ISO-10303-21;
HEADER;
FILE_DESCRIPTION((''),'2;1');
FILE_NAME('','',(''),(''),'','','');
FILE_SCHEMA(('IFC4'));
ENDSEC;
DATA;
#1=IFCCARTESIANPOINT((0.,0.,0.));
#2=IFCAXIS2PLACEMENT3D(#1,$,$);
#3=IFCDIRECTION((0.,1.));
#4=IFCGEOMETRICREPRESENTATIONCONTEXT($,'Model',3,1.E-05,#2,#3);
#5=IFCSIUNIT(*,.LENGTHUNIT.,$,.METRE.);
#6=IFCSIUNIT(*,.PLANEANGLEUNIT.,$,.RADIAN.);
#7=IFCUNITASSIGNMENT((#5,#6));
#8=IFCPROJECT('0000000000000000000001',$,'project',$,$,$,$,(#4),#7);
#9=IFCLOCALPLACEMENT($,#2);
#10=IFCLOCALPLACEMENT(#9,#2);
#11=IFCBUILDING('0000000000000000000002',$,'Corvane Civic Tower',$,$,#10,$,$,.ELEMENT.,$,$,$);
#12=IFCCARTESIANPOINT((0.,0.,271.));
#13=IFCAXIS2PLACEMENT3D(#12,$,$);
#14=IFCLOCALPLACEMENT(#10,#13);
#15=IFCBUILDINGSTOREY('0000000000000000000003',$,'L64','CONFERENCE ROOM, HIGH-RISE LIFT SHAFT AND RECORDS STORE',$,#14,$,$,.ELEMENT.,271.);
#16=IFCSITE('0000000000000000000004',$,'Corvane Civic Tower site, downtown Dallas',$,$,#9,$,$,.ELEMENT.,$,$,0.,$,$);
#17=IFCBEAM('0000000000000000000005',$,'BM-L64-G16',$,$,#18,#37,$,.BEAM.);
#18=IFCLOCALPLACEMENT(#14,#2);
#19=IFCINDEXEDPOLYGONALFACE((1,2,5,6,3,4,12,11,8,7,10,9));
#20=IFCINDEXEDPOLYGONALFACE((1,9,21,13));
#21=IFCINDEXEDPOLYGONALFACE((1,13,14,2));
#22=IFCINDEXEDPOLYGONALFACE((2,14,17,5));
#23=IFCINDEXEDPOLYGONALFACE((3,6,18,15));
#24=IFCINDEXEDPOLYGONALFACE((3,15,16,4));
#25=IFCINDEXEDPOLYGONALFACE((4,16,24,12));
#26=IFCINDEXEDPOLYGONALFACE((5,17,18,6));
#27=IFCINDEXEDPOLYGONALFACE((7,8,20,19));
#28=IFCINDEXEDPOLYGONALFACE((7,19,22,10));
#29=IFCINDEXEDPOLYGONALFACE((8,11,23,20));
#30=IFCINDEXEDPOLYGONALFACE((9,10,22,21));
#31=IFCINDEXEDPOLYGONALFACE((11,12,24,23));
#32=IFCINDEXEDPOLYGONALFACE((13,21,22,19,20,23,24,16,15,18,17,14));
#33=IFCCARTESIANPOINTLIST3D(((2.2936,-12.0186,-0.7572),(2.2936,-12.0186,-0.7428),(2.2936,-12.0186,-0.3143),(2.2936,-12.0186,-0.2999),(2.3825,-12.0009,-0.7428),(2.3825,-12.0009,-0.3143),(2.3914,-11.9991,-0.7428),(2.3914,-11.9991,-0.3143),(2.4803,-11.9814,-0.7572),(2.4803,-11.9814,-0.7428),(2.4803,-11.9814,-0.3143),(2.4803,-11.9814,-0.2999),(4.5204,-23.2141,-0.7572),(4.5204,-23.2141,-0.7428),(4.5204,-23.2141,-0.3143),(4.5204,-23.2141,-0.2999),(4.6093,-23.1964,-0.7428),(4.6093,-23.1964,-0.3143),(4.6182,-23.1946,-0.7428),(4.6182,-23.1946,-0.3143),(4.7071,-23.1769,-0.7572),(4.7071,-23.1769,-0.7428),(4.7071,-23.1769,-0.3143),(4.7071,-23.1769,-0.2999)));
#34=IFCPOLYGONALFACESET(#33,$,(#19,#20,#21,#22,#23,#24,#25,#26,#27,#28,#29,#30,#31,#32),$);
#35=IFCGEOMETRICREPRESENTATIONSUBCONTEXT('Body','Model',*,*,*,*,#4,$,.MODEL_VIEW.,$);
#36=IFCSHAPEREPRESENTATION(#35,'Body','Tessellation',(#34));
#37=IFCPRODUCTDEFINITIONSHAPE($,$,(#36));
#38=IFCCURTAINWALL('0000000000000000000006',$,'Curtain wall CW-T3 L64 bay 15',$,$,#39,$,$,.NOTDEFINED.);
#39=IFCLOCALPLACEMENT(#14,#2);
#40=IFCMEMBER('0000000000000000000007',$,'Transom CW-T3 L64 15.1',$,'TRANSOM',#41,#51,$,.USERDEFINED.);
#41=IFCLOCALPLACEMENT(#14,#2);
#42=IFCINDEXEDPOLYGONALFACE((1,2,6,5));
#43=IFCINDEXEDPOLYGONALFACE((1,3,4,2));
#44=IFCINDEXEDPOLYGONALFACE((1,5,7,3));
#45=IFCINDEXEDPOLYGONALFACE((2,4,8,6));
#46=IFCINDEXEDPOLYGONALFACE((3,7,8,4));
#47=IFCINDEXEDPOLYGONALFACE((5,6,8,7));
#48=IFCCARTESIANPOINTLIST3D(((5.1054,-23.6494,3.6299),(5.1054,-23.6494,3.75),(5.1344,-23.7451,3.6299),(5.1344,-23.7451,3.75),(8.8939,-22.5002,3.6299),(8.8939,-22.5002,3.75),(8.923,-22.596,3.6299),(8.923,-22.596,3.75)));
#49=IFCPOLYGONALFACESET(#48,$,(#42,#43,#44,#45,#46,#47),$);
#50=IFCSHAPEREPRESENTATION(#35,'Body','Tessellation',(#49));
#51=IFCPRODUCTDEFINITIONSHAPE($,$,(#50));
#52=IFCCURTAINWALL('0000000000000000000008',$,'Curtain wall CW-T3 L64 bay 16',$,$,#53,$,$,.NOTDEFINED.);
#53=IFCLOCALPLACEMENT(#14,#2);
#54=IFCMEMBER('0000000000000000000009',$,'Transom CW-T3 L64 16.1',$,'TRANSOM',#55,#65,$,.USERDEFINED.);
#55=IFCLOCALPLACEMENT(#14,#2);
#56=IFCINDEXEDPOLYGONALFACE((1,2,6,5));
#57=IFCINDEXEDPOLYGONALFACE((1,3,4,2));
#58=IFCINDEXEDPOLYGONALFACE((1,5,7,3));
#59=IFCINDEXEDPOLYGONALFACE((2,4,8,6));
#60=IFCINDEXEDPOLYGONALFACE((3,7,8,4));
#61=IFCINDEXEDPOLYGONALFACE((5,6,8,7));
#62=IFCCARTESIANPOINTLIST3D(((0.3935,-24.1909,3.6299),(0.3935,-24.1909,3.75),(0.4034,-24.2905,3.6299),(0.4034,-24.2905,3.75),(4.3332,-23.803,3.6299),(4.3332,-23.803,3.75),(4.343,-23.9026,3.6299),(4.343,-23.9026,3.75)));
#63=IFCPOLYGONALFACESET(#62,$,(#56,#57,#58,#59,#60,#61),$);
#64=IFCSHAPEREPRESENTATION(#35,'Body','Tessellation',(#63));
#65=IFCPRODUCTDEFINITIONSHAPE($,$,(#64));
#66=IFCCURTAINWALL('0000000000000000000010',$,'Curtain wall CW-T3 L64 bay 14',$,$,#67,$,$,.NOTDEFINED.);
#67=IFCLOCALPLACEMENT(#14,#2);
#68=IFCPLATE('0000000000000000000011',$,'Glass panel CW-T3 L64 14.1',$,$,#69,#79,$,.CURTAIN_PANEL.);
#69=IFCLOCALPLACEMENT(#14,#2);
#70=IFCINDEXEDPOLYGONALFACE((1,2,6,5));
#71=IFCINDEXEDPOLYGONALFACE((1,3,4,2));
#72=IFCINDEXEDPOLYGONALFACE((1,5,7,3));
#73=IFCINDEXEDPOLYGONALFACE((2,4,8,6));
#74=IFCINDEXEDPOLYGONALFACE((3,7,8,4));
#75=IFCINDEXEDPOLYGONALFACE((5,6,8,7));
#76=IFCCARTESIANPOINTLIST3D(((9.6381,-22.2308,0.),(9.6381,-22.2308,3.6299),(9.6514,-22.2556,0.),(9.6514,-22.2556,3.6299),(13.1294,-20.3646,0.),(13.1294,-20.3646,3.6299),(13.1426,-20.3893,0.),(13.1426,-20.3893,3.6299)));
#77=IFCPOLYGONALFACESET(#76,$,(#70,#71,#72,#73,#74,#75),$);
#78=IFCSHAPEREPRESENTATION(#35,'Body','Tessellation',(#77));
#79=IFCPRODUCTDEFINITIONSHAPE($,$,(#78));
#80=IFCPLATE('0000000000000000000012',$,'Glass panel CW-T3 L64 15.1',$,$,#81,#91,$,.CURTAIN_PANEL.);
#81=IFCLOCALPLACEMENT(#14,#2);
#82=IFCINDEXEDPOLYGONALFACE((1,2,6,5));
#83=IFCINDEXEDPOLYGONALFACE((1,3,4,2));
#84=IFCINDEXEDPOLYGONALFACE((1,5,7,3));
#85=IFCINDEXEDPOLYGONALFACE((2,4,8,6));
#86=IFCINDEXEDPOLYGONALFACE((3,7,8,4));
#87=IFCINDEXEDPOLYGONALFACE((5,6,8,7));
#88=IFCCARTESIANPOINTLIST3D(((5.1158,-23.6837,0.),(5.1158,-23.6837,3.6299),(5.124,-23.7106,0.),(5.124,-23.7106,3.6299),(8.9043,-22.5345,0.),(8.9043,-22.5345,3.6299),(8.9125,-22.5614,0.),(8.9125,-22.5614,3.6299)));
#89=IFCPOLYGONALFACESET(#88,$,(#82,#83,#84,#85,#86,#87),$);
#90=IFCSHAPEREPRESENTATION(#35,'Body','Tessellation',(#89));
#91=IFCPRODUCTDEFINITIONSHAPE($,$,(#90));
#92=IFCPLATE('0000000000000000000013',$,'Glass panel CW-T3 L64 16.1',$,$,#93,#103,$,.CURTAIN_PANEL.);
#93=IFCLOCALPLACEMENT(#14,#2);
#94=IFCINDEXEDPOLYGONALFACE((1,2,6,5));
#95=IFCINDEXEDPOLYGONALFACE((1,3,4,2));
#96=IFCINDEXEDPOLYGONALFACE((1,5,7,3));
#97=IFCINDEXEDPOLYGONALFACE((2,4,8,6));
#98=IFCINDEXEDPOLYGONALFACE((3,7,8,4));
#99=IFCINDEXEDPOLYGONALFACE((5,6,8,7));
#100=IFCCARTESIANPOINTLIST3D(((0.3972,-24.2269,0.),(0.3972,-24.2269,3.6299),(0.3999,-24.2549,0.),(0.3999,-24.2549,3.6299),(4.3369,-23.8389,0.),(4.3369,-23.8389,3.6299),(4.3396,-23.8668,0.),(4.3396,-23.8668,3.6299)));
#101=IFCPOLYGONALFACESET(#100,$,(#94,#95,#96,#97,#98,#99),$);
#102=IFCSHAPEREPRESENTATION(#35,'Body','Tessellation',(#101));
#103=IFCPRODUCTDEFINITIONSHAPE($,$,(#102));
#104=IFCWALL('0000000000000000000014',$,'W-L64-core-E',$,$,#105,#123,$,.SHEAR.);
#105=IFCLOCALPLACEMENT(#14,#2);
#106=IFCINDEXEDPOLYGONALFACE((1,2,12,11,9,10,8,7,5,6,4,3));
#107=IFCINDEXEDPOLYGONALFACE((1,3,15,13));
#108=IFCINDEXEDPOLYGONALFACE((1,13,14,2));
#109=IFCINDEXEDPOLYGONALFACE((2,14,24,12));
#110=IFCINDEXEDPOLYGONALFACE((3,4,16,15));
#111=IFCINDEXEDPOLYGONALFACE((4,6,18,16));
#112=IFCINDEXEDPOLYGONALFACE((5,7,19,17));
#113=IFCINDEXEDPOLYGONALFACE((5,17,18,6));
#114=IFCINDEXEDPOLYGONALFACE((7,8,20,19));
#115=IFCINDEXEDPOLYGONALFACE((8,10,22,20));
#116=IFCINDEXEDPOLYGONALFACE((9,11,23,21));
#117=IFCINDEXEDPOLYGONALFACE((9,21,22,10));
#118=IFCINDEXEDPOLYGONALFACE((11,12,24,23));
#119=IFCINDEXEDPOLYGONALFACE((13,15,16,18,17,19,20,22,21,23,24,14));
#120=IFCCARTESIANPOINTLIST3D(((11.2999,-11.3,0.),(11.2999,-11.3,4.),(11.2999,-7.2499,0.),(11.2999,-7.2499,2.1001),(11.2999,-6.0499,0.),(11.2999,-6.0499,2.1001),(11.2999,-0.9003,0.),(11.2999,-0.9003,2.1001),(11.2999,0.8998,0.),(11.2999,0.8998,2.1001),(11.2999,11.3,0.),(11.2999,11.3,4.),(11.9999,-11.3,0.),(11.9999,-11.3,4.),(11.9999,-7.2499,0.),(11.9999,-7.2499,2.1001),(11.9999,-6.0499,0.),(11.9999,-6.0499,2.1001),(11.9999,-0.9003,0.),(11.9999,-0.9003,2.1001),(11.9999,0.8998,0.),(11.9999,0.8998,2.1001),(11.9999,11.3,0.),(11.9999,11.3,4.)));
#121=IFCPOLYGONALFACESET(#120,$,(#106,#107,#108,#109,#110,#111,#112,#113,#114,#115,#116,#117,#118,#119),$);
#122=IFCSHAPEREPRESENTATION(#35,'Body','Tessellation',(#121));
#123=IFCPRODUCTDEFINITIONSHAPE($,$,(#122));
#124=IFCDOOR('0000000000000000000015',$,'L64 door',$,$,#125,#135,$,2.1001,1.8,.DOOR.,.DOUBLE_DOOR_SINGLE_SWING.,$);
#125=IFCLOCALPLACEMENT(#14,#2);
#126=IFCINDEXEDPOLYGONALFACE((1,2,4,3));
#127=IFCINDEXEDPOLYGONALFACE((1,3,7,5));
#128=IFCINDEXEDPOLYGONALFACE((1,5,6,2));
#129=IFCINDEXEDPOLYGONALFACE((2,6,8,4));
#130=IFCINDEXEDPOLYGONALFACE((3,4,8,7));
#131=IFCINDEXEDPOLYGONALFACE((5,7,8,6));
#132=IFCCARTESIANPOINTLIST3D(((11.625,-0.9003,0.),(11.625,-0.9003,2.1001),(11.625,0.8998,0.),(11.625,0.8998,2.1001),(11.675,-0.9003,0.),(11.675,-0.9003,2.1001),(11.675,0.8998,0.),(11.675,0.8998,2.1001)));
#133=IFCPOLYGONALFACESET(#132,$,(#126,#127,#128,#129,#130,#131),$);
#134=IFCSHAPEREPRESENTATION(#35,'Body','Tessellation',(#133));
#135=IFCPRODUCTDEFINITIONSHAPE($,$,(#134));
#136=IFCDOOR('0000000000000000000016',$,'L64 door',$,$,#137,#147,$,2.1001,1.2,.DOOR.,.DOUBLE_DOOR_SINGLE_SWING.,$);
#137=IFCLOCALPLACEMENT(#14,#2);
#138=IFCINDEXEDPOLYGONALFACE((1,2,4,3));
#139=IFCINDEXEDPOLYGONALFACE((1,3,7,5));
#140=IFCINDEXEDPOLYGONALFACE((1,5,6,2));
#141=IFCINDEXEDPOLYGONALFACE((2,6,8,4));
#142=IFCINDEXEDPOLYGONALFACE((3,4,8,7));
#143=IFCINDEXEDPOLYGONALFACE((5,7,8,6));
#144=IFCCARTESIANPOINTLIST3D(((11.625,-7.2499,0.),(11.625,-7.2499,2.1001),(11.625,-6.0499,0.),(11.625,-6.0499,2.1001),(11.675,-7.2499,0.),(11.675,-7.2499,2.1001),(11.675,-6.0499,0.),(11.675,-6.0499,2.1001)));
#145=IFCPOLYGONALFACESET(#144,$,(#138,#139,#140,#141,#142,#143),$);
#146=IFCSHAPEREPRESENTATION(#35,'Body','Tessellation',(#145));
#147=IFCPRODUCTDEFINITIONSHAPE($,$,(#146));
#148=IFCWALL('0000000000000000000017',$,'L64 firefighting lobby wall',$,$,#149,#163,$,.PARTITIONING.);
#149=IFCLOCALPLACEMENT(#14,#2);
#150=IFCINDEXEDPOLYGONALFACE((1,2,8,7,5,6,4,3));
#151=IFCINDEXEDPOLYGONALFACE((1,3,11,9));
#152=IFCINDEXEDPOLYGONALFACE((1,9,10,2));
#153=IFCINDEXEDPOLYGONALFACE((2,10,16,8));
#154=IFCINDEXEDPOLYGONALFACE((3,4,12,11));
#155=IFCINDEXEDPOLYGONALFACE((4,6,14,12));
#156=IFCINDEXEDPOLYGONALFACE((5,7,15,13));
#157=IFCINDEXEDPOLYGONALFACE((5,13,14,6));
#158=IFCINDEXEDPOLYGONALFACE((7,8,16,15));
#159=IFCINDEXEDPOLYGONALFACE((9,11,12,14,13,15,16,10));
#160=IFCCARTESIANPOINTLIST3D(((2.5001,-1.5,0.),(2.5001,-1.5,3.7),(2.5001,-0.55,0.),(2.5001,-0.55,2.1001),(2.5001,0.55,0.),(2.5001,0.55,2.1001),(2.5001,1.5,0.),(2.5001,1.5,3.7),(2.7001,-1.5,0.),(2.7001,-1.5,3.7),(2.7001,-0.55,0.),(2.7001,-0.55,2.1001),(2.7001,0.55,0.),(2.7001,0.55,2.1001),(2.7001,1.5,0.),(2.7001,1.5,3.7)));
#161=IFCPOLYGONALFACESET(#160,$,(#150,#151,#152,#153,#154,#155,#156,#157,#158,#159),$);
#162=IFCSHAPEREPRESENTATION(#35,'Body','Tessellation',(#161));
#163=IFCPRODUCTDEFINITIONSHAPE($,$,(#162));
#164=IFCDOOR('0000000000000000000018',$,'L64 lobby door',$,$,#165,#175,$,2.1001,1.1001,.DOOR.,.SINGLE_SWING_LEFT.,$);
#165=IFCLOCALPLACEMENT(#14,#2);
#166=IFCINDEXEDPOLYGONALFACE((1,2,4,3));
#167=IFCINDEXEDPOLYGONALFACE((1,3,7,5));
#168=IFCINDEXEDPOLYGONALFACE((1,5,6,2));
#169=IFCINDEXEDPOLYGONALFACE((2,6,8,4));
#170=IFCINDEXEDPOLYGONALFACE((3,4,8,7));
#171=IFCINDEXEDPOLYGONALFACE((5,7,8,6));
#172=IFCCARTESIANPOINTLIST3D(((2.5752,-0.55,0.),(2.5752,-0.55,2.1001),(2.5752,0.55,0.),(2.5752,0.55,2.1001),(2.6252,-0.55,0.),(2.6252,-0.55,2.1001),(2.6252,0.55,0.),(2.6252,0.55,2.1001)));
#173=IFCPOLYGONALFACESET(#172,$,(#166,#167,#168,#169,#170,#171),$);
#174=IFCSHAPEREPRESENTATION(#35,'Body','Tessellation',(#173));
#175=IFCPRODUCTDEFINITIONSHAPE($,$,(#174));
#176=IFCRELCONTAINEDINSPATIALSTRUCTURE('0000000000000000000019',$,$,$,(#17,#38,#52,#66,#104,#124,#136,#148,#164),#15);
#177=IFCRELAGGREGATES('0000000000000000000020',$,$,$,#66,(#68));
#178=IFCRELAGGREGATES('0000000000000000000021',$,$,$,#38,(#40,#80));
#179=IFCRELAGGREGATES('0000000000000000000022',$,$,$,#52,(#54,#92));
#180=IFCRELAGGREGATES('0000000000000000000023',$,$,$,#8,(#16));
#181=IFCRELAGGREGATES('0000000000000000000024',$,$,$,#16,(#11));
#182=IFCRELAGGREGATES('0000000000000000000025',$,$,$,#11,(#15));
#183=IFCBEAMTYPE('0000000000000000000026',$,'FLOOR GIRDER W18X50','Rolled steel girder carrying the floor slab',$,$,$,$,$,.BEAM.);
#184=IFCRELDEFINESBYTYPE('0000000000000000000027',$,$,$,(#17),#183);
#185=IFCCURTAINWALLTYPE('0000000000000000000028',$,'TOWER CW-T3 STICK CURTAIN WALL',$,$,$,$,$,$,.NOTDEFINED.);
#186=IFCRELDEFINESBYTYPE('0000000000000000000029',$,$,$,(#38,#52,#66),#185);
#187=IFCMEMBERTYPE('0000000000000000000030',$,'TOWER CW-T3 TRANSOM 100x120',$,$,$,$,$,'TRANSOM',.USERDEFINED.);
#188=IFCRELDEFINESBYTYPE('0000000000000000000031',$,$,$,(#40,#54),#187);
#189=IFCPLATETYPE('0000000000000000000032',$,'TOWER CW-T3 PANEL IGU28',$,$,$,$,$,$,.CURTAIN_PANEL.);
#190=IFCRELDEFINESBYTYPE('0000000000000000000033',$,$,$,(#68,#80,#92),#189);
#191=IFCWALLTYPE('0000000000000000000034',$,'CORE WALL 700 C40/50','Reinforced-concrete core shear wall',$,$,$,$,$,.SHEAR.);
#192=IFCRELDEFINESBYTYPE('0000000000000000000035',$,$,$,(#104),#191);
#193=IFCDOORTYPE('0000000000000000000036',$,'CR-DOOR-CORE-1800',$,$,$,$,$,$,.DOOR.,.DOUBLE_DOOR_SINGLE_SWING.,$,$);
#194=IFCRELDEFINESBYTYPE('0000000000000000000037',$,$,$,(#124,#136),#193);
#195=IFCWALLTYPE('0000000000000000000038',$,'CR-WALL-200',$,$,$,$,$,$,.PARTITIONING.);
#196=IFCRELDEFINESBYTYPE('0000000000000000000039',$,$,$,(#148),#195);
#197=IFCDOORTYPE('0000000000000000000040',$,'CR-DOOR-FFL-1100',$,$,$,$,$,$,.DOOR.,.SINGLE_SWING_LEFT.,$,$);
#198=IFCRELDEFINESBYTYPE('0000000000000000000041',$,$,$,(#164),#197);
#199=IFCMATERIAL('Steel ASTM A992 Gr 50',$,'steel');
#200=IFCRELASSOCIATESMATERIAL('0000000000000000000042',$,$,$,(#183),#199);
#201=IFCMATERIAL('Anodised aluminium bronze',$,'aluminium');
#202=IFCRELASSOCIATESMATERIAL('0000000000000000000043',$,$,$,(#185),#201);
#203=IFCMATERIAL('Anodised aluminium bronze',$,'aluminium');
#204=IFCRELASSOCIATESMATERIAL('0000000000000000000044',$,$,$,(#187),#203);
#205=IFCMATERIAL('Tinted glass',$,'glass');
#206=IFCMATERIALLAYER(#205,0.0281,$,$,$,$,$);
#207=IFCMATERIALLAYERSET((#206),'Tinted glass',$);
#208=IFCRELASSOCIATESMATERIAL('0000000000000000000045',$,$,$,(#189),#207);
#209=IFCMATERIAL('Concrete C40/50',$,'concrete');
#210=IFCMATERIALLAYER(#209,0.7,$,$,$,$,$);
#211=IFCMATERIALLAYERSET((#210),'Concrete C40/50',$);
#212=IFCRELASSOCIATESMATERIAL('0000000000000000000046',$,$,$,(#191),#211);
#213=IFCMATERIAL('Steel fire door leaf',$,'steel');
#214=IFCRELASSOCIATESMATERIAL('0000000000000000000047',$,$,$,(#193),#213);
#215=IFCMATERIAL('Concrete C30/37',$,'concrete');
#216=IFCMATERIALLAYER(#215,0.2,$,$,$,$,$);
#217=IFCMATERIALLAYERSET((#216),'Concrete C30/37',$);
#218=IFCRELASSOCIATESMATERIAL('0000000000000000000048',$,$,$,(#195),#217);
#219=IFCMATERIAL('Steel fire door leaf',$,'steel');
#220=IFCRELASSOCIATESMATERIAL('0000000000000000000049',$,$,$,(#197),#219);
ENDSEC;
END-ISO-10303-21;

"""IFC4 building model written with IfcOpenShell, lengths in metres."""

from ifc_helpers import new_model, si_unit, direction, frame, frame_2d, origin, origin_2d, place, context, subcontext, project, spatial, rectangle, i_section, extrude, material, layer, layer_set, material_profile, profile_set, type_object, element, fill, aggregate, save


model = new_model("IFC4")

# Units and contexts
model_context = context("Model", 3, precision=1e-05, world=origin(), true_north=direction((0.0, 1.0)))
body_context = subcontext(model_context, "Body", "Model", "MODEL_VIEW")
ifc_project = project(units=[si_unit("LENGTHUNIT", "METRE"), si_unit("PLANEANGLEUNIT", "RADIAN")], contexts=[model_context])

# Site, building, storey
site_placement = place(None, origin())
site = spatial("IfcSite", under=ifc_project, at=site_placement, Name="Corvane Civic Tower site, downtown Dallas", CompositionType="ELEMENT", RefElevation=0.0)
building_placement = place(site_placement, origin())
building = spatial("IfcBuilding", under=site, at=building_placement, Name="Corvane Civic Tower", CompositionType="ELEMENT")
storey_placement = place(building_placement, frame((0.0, 0.0, 271.0)))
storey = spatial("IfcBuildingStorey", under=building, at=storey_placement, Name="L64", Description="CONFERENCE ROOM, HIGH-RISE LIFT SHAFT AND RECORDS STORE", CompositionType="ELEMENT", Elevation=271.0)

# Beam
ifc_material_1 = material(Name="Steel ASTM A992 Gr 50", Category="steel")
ifc_material_profile_1 = material_profile(ifc_material_1, i_section(OverallWidth=0.1904, OverallDepth=0.4573, WebThickness=0.009, FlangeThickness=0.0144, at=origin_2d()), Name="W18X50")
ifc_profile_set_1 = profile_set([ifc_material_profile_1], Name="Steel ASTM A992 Gr 50")
beam_type_1 = type_object("IfcBeamType", Name="FLOOR GIRDER W18X50", Description="Rolled steel girder carrying the floor slab", PredefinedType="BEAM", material=ifc_profile_set_1)
beam_1_placement = place(storey_placement, frame((2.387, -12.0, -0.5286), z_axis=(0.19508, -0.980787, 0.0), x_axis=(0.980787, 0.19508, 0.0)))
element("IfcBeam", 1, at=beam_1_placement, inside=storey, type_object=beam_type_1, Name="BM-L64-G16", PredefinedType="BEAM", context=body_context, shape_type="SweptSolid", body=[
    extrude(i_section(OverallWidth=0.1904, OverallDepth=0.4573, WebThickness=0.009, FlangeThickness=0.0144, at=origin_2d()), origin(), (0.0, 0.0, 1.0), 11.4148),
])

# Curtain walls, members
ifc_material_2 = material(Name="Anodised aluminium bronze", Category="aluminium")
curtain_wall_type = type_object("IfcCurtainWallType", Name="TOWER CW-T3 STICK CURTAIN WALL", PredefinedType="NOTDEFINED", material=ifc_material_2)
curtain_wall_1_placement = place(storey_placement, origin())
curtain_wall_1 = element("IfcCurtainWall", 2, at=curtain_wall_1_placement, inside=storey, type_object=curtain_wall_type, Name="Curtain wall CW-T3 L64 bay 15", PredefinedType="NOTDEFINED")
ifc_material_3 = material(Name="Anodised aluminium bronze", Category="aluminium")
ifc_material_profile_2 = material_profile(ifc_material_3, rectangle(XDim=0.1001, YDim=0.1201, at=origin_2d()), Name="TOWER CW-T3 TRANSOM 100x120")
ifc_profile_set_2 = profile_set([ifc_material_profile_2], Name="Anodised aluminium bronze")
member_type = type_object("IfcMemberType", Name="TOWER CW-T3 TRANSOM 100x120", ElementType="TRANSOM", PredefinedType="USERDEFINED", material=ifc_profile_set_2)
member_1_placement = place(storey_placement, frame((8.9084, -22.5481, 3.6899), z_axis=(-0.956946, -0.290266, 0.0), x_axis=(0.290266, -0.956946, 0.0)))
member_1 = element("IfcMember", 3, at=member_1_placement, type_object=member_type, Name="Transom CW-T3 L64 15.1", ObjectType="TRANSOM", PredefinedType="USERDEFINED", context=body_context, shape_type="SweptSolid", body=[
    extrude(rectangle(XDim=0.1001, YDim=0.1201, at=origin_2d()), origin(), (0.0, 0.0, 1.0), 3.959),
])
curtain_wall_2_placement = place(storey_placement, origin())
curtain_wall_2 = element("IfcCurtainWall", 4, at=curtain_wall_2_placement, inside=storey, type_object=curtain_wall_type, Name="Curtain wall CW-T3 L64 bay 16", PredefinedType="NOTDEFINED")
member_2_placement = place(storey_placement, frame((4.3381, -23.8528, 3.6899), z_axis=(-0.995187, -0.097995, 0.0), x_axis=(0.097995, -0.995187, 0.0)))
member_2 = element("IfcMember", 5, at=member_2_placement, type_object=member_type, Name="Transom CW-T3 L64 16.1", ObjectType="TRANSOM", PredefinedType="USERDEFINED", context=body_context, shape_type="SweptSolid", body=[
    extrude(rectangle(XDim=0.1001, YDim=0.1201, at=origin_2d()), origin(), (0.0, 0.0, 1.0), 3.9587),
])

# Curtain wall, plate
curtain_wall_3_placement = place(storey_placement, origin())
curtain_wall_3 = element("IfcCurtainWall", 6, at=curtain_wall_3_placement, inside=storey, type_object=curtain_wall_type, Name="Curtain wall CW-T3 L64 bay 14", PredefinedType="NOTDEFINED")
ifc_material_4 = material(Name="Tinted glass", Category="glass")
ifc_layer_1 = layer(ifc_material_4, 0.0281)
ifc_layer_set_1 = layer_set([ifc_layer_1], Name="Tinted glass")
plate_type = type_object("IfcPlateType", Name="TOWER CW-T3 PANEL IGU28", PredefinedType="CURTAIN_PANEL", material=ifc_layer_set_1)
plate_1_placement = place(storey_placement, frame((11.3904, -21.3101, 0.0), z_axis=(0.0, 0.0, 1.0), x_axis=(-0.881908, -0.471421, 0.0)))
plate_1 = element("IfcPlate", 7, at=plate_1_placement, type_object=plate_type, Name="Glass panel CW-T3 L64 14.1", PredefinedType="CURTAIN_PANEL", context=body_context, shape_type="SweptSolid", body=[
    extrude(rectangle(XDim=3.9587, YDim=0.0281, at=origin_2d()), origin(), (0.0, 0.0, 1.0), 3.6299),
])
aggregate(curtain_wall_3, [plate_1])

# Plates
plate_2_placement = place(storey_placement, frame((7.0142, -23.1226, 0.0), z_axis=(0.0, 0.0, 1.0), x_axis=(-0.956944, -0.290274, 0.0)))
plate_2 = element("IfcPlate", 8, at=plate_2_placement, type_object=plate_type, Name="Glass panel CW-T3 L64 15.1", PredefinedType="CURTAIN_PANEL", context=body_context, shape_type="SweptSolid", body=[
    extrude(rectangle(XDim=3.959, YDim=0.0281, at=origin_2d()), origin(), (0.0, 0.0, 1.0), 3.6299),
])
aggregate(curtain_wall_1, [member_1, plate_2])
plate_3_placement = place(storey_placement, frame((2.3684, -24.0469, 0.0), z_axis=(0.0, 0.0, 1.0), x_axis=(-0.995184, -0.098021, 0.0)))
plate_3 = element("IfcPlate", 9, at=plate_3_placement, type_object=plate_type, Name="Glass panel CW-T3 L64 16.1", PredefinedType="CURTAIN_PANEL", context=body_context, shape_type="SweptSolid", body=[
    extrude(rectangle(XDim=3.9587, YDim=0.0281, at=origin_2d()), origin(), (0.0, 0.0, 1.0), 3.6299),
])
aggregate(curtain_wall_2, [member_2, plate_3])

# Wall, openings, doors
ifc_material_5 = material(Name="Concrete C40/50", Category="concrete")
ifc_layer_2 = layer(ifc_material_5, 0.7)
ifc_layer_set_2 = layer_set([ifc_layer_2], Name="Concrete C40/50")
wall_type_1 = type_object("IfcWallType", Name="CORE WALL 700 C40/50", Description="Reinforced-concrete core shear wall", PredefinedType="SHEAR", material=ifc_layer_set_2)
wall_1_placement = place(storey_placement, frame((11.6499, -11.3, 0.0), z_axis=(0.0, 0.0, 1.0), x_axis=(0.0, 1.0, 0.0)))
wall_1 = element("IfcWall", 10, at=wall_1_placement, inside=storey, type_object=wall_type_1, Name="W-L64-core-E", PredefinedType="SHEAR", context=body_context, shape_type="SweptSolid", body=[
    extrude(rectangle(XDim=22.6001, YDim=0.7, at=frame_2d((11.3, 0.0))), origin(), (0.0, 0.0, 1.0), 4.0),
])
opening_1_placement = place(wall_1_placement, frame((10.3999, 0.0, 0.0)))
opening_1 = element("IfcOpeningElement", 11, at=opening_1_placement, cuts=wall_1, PredefinedType="OPENING", context=body_context, shape_type="SweptSolid", body=[
    extrude(rectangle(XDim=1.8, YDim=2.1001, at=frame_2d((0.8999, 1.05))), frame((0.0, 0.3599, 0.0), z_axis=(0.0, -1.0, 0.0), x_axis=(1.0, 0.0, 0.0)), (0.0, 0.0, 1.0), 0.72),
])
opening_2_placement = place(wall_1_placement, frame((4.05, 0.0, 0.0)))
opening_2 = element("IfcOpeningElement", 12, at=opening_2_placement, cuts=wall_1, PredefinedType="OPENING", context=body_context, shape_type="SweptSolid", body=[
    extrude(rectangle(XDim=1.2, YDim=2.1001, at=frame_2d((0.6001, 1.05))), frame((0.0, 0.3599, 0.0), z_axis=(0.0, -1.0, 0.0), x_axis=(1.0, 0.0, 0.0)), (0.0, 0.0, 1.0), 0.72),
])
ifc_material_6 = material(Name="Steel fire door leaf", Category="steel")
door_type_1 = type_object("IfcDoorType", Name="CR-DOOR-CORE-1800", OperationType="DOUBLE_DOOR_SINGLE_SWING", PredefinedType="DOOR", material=ifc_material_6)
door_1_placement = place(opening_1_placement, origin())
door_1 = element("IfcDoor", 13, at=door_1_placement, inside=storey, type_object=door_type_1, Name="L64 door", OperationType="DOUBLE_DOOR_SINGLE_SWING", OverallHeight=2.1001, OverallWidth=1.8, PredefinedType="DOOR", context=body_context, shape_type="SweptSolid", body=[
    extrude(rectangle(XDim=1.8, YDim=2.1001, at=frame_2d((0.8999, 1.05))), frame((0.0, 0.0249, 0.0), z_axis=(0.0, -1.0, 0.0), x_axis=(1.0, 0.0, 0.0)), (0.0, 0.0, 1.0), 0.05),
])
fill(opening_1, door_1)
door_2_placement = place(opening_2_placement, origin())
door_2 = element("IfcDoor", 14, at=door_2_placement, inside=storey, type_object=door_type_1, Name="L64 door", OperationType="DOUBLE_DOOR_SINGLE_SWING", OverallHeight=2.1001, OverallWidth=1.2, PredefinedType="DOOR", context=body_context, shape_type="SweptSolid", body=[
    extrude(rectangle(XDim=1.2, YDim=2.1001, at=frame_2d((0.6001, 1.05))), frame((0.0, 0.0249, 0.0), z_axis=(0.0, -1.0, 0.0), x_axis=(1.0, 0.0, 0.0)), (0.0, 0.0, 1.0), 0.05),
])
fill(opening_2, door_2)

# Wall, opening, door
ifc_material_7 = material(Name="Concrete C30/37", Category="concrete")
ifc_layer_3 = layer(ifc_material_7, 0.2)
ifc_layer_set_3 = layer_set([ifc_layer_3], Name="Concrete C30/37")
wall_type_2 = type_object("IfcWallType", Name="CR-WALL-200", PredefinedType="PARTITIONING", material=ifc_layer_set_3)
wall_2_placement = place(storey_placement, frame((2.6001, -1.5, 0.0), z_axis=(0.0, 0.0, 1.0), x_axis=(0.0, 1.0, 0.0)))
wall_2 = element("IfcWall", 15, at=wall_2_placement, inside=storey, type_object=wall_type_2, Name="L64 firefighting lobby wall", PredefinedType="PARTITIONING", context=body_context, shape_type="SweptSolid", body=[
    extrude(rectangle(XDim=3.0, YDim=0.2, at=frame_2d((1.5, 0.0))), origin(), (0.0, 0.0, 1.0), 3.7),
])
opening_3_placement = place(wall_2_placement, frame((0.95, 0.0, 0.0)))
opening_3 = element("IfcOpeningElement", 16, at=opening_3_placement, cuts=wall_2, PredefinedType="OPENING", context=body_context, shape_type="SweptSolid", body=[
    extrude(rectangle(XDim=1.1001, YDim=2.1001, at=frame_2d((0.55, 1.05))), frame((0.0, 0.1099, 0.0), z_axis=(0.0, -1.0, 0.0), x_axis=(1.0, 0.0, 0.0)), (0.0, 0.0, 1.0), 0.22),
])
ifc_material_8 = material(Name="Steel fire door leaf", Category="steel")
door_type_2 = type_object("IfcDoorType", Name="CR-DOOR-FFL-1100", OperationType="SINGLE_SWING_LEFT", PredefinedType="DOOR", material=ifc_material_8)
door_3_placement = place(opening_3_placement, origin())
door_3 = element("IfcDoor", 17, at=door_3_placement, inside=storey, type_object=door_type_2, Name="L64 lobby door", OperationType="SINGLE_SWING_LEFT", OverallHeight=2.1001, OverallWidth=1.1001, PredefinedType="DOOR", context=body_context, shape_type="SweptSolid", body=[
    extrude(rectangle(XDim=1.1001, YDim=2.1001, at=frame_2d((0.55, 1.05))), frame((0.0, 0.0249, 0.0), z_axis=(0.0, -1.0, 0.0), x_axis=(1.0, 0.0, 0.0)), (0.0, 0.0, 1.0), 0.05),
])
fill(opening_3, door_3)

save(model, "model.ifc")
